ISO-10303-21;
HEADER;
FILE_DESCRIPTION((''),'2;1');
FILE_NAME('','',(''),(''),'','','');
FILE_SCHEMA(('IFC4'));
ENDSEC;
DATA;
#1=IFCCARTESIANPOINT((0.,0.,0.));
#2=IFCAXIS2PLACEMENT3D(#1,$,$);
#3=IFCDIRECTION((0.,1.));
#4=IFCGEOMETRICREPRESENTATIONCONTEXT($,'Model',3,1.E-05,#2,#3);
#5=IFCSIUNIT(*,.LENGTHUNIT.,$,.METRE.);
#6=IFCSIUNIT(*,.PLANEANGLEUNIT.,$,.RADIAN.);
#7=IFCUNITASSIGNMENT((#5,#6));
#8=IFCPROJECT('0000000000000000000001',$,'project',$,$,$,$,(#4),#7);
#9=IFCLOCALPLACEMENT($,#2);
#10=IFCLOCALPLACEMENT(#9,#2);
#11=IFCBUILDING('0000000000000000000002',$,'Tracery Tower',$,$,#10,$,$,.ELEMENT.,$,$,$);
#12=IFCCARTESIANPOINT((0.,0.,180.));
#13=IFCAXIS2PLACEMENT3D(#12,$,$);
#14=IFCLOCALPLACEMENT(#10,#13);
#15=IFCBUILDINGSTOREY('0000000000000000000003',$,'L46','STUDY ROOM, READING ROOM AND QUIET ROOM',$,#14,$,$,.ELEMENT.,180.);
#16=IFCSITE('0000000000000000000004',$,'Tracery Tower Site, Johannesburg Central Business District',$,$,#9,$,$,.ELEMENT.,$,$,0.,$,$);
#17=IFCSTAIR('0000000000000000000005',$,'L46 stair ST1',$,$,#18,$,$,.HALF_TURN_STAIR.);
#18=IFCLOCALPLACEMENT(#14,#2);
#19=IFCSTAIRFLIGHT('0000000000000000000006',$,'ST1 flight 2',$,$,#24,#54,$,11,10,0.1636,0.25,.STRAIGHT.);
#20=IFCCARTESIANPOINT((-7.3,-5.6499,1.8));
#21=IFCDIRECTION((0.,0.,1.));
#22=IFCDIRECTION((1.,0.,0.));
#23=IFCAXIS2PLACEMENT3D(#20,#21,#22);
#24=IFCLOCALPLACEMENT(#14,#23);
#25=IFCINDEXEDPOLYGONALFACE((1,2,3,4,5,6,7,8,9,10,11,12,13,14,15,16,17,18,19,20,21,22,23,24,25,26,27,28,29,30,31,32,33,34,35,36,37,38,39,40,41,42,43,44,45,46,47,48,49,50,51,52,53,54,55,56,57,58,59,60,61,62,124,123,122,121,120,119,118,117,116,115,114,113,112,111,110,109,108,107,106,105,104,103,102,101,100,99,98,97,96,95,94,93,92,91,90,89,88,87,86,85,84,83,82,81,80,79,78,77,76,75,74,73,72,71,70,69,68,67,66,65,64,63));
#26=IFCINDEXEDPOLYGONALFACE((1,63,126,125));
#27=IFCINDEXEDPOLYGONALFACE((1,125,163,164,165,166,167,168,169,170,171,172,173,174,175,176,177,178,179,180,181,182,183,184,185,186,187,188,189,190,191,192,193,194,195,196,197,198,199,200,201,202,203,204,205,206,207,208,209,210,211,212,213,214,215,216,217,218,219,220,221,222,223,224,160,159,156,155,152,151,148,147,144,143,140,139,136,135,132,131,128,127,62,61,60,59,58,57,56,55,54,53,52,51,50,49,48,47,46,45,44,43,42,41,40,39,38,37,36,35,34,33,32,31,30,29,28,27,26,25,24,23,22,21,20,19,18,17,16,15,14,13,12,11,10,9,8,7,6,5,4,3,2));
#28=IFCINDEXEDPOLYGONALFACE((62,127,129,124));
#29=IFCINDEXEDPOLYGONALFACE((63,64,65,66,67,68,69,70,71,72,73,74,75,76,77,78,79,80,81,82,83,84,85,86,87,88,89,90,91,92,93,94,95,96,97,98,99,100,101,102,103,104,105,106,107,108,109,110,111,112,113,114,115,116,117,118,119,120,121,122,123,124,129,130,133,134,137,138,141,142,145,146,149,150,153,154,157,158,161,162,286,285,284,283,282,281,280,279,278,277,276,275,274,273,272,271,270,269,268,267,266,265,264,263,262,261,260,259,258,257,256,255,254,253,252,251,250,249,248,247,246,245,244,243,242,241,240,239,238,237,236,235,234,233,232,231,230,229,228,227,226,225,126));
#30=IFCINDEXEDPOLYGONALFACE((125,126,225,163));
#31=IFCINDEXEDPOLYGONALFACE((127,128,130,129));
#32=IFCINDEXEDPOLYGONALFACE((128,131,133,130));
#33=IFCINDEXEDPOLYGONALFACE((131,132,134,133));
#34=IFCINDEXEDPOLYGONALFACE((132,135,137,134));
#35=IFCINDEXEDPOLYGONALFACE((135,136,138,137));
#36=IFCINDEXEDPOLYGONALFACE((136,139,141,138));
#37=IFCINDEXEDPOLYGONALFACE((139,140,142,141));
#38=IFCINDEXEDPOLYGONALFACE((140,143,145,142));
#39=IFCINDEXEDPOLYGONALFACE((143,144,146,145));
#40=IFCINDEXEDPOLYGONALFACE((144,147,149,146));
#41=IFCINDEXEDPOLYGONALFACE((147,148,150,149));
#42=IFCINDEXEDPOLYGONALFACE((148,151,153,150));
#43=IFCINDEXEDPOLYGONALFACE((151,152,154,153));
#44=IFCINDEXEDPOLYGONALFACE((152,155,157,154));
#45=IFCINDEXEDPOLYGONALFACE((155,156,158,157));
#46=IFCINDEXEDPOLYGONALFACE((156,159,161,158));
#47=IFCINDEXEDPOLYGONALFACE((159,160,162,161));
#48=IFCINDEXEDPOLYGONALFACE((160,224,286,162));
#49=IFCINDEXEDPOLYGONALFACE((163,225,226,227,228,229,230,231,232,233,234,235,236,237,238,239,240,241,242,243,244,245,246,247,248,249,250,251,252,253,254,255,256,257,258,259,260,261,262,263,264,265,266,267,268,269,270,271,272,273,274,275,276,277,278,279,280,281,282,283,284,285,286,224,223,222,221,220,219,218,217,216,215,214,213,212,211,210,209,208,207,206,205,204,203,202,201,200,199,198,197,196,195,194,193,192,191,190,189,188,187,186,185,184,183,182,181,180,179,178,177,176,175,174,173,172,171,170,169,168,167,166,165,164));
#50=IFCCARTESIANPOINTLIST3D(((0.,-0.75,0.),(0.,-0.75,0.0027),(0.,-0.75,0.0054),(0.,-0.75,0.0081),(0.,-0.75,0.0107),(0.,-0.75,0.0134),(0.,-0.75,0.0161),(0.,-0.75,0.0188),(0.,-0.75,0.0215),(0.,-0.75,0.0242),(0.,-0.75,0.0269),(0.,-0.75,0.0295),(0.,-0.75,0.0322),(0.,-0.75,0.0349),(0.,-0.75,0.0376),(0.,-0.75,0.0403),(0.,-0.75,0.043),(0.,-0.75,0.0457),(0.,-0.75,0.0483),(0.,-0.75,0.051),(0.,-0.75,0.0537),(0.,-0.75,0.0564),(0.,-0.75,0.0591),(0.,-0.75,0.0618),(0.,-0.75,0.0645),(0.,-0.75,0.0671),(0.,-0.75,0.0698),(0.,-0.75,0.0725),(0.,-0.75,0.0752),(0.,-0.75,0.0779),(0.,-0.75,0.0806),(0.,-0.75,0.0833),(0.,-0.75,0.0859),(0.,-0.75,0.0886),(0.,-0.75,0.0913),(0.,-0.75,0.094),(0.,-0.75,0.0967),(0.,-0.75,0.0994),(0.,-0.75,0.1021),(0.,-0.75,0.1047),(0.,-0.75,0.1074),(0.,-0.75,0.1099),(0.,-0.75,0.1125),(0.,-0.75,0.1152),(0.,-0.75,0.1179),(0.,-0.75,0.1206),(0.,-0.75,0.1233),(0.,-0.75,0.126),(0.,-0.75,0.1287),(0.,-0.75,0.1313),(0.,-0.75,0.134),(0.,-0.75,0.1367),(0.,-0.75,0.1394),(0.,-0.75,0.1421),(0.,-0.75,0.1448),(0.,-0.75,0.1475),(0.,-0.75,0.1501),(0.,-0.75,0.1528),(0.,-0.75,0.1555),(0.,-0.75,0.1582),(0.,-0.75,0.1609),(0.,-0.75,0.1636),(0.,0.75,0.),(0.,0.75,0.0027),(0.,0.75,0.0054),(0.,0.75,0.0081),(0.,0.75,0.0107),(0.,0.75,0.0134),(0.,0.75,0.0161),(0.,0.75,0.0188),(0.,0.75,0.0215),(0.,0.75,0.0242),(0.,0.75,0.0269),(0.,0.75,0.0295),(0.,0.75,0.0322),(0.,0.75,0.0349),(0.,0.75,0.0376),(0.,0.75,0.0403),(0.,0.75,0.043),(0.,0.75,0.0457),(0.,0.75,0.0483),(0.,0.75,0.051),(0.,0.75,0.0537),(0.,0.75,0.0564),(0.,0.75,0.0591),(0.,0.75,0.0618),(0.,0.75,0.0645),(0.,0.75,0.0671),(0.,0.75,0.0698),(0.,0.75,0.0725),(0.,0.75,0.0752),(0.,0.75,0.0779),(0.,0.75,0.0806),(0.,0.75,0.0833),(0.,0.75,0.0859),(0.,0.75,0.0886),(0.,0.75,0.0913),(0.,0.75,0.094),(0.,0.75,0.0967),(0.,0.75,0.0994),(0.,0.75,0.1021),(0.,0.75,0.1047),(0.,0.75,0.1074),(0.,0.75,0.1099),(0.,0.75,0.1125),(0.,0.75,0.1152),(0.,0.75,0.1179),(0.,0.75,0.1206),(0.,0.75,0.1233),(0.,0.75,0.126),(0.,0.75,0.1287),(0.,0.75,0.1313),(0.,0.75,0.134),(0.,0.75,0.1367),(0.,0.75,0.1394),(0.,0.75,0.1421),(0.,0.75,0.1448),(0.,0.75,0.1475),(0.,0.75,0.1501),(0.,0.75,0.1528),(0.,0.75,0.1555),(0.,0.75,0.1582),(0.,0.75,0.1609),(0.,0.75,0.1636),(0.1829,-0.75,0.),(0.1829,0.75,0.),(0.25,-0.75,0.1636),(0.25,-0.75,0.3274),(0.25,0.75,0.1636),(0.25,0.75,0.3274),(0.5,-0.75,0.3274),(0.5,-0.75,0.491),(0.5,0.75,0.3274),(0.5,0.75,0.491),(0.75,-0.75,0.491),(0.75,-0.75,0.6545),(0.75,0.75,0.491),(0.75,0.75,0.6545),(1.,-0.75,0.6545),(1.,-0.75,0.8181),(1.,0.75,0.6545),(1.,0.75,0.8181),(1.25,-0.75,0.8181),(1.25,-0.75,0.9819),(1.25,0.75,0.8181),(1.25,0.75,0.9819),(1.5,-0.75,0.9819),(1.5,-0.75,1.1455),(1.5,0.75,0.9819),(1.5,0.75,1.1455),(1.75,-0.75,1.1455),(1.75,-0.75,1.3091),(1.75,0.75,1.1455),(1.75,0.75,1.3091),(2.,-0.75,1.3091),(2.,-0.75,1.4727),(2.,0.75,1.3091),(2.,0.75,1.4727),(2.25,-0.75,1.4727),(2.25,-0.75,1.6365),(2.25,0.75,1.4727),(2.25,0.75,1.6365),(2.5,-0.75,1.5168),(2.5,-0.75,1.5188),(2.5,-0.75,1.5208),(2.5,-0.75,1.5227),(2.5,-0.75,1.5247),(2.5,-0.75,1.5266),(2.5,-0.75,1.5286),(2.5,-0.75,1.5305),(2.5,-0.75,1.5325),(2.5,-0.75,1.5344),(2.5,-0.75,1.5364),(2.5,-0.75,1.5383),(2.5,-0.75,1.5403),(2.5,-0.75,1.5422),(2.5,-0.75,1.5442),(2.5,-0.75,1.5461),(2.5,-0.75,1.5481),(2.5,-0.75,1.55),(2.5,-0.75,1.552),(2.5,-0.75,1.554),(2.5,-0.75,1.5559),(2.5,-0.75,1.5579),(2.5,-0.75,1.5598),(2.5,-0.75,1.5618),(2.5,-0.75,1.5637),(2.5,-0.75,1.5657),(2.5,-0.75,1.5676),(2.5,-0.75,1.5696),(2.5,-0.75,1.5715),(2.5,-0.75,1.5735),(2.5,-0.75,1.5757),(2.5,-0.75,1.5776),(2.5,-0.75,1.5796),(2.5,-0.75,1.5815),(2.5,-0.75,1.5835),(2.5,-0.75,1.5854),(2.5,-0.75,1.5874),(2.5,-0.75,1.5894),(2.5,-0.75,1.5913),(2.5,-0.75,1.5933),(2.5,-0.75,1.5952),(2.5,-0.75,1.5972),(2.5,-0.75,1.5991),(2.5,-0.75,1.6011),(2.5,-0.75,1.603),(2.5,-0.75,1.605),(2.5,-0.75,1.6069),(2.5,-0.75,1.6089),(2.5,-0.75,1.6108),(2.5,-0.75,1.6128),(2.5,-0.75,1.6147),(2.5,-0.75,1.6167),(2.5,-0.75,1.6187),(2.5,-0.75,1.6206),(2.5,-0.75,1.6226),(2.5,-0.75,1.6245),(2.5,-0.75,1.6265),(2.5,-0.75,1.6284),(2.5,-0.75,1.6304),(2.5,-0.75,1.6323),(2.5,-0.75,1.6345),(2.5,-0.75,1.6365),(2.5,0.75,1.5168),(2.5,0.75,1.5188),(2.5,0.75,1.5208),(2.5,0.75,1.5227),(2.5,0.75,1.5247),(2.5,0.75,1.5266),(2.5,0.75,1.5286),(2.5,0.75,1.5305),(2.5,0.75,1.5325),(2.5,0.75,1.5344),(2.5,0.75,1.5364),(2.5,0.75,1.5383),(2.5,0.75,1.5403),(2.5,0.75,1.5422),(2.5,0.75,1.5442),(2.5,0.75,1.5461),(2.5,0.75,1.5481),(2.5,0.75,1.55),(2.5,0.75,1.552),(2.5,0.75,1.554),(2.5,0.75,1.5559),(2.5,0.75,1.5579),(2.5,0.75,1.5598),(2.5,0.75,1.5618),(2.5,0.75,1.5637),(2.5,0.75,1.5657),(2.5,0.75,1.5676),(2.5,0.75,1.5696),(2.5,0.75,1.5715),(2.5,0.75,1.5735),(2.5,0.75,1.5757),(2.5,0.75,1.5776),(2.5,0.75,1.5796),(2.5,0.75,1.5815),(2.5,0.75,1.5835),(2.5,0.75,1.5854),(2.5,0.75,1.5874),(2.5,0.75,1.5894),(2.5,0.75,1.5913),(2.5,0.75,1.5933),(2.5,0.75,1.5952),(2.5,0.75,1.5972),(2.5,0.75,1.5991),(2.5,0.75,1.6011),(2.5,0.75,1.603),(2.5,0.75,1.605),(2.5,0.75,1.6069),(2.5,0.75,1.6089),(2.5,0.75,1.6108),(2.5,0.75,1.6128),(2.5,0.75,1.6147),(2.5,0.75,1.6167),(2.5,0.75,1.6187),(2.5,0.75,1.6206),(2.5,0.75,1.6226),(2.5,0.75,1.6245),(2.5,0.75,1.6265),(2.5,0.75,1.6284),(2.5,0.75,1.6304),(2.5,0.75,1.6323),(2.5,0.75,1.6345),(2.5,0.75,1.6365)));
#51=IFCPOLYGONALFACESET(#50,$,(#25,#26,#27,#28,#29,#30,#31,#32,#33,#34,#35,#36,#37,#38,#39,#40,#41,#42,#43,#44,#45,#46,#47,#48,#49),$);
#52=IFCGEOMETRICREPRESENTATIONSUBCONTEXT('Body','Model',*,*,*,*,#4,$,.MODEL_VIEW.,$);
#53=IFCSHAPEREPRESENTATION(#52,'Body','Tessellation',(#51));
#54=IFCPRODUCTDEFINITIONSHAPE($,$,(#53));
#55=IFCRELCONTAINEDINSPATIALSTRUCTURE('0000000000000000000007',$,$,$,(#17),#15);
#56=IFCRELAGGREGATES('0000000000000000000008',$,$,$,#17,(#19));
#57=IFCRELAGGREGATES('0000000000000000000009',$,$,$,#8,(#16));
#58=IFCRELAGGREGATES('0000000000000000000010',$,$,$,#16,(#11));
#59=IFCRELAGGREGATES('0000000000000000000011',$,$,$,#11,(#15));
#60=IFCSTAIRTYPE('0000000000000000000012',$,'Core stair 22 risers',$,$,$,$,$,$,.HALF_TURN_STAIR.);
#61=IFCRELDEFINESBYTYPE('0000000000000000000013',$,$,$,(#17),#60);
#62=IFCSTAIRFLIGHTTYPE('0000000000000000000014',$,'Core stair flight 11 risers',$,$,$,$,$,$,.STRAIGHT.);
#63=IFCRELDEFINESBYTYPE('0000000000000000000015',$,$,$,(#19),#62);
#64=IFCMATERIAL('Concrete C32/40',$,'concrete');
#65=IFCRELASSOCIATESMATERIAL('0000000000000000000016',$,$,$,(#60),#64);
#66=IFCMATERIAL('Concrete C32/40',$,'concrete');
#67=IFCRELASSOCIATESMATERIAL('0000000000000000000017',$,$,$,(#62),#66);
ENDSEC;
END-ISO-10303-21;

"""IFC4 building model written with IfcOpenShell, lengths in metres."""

from ifc_helpers import new_model, si_unit, direction, frame, origin, place, context, subcontext, project, spatial, polyline, outline, extrude, material, type_object, element, aggregate, save


model = new_model("IFC4")

# Units and contexts
model_context = context("Model", 3, precision=1e-05, world=origin(), true_north=direction((0.0, 1.0)))
body_context = subcontext(model_context, "Body", "Model", "MODEL_VIEW")
ifc_project = project(units=[si_unit("LENGTHUNIT", "METRE"), si_unit("PLANEANGLEUNIT", "RADIAN")], contexts=[model_context])

# Site, building, storey
site_placement = place(None, origin())
site = spatial("IfcSite", under=ifc_project, at=site_placement, Name="Tracery Tower Site, Johannesburg Central Business District", CompositionType="ELEMENT", RefElevation=0.0)
building_placement = place(site_placement, origin())
building = spatial("IfcBuilding", under=site, at=building_placement, Name="Tracery Tower", CompositionType="ELEMENT")
storey_placement = place(building_placement, frame((0.0, 0.0, 180.0)))
storey = spatial("IfcBuildingStorey", under=building, at=storey_placement, Name="L46", Description="STUDY ROOM, READING ROOM AND QUIET ROOM", CompositionType="ELEMENT", Elevation=180.0)

# Stair, stair flight
ifc_material_1 = material(Name="Concrete C32/40", Category="concrete")
stair_type = type_object("IfcStairType", Name="Core stair 22 risers", PredefinedType="HALF_TURN_STAIR", material=ifc_material_1)
stair_placement = place(storey_placement, origin())
stair = element("IfcStair", 1, at=stair_placement, inside=storey, type_object=stair_type, Name="L46 stair ST1", PredefinedType="HALF_TURN_STAIR")
ifc_material_2 = material(Name="Concrete C32/40", Category="concrete")
stair_flight_type = type_object("IfcStairFlightType", Name="Core stair flight 11 risers", PredefinedType="STRAIGHT", material=ifc_material_2)
stair_flight_1_placement = place(storey_placement, frame((-7.3, -5.6499, 1.8), z_axis=(0.0, 0.0, 1.0), x_axis=(1.0, 0.0, 0.0)))
stair_flight_1 = element("IfcStairFlight", 2, at=stair_flight_1_placement, type_object=stair_flight_type, Name="ST1 flight 2", NumberOfRisers=11, NumberOfTreads=10, PredefinedType="STRAIGHT", RiserHeight=0.1636, TreadLength=0.25, context=body_context, shape_type="SweptSolid", body=[
    extrude(outline(polyline([(0.0, 0.0), (0.0, 0.0027), (0.0, 0.0054), (0.0, 0.0081), (0.0, 0.0107), (0.0, 0.0134), (0.0, 0.0161), (0.0, 0.0188), (0.0, 0.0215), (0.0, 0.0242), (0.0, 0.0269), (0.0, 0.0295), (0.0, 0.0322), (0.0, 0.0349), (0.0, 0.0376), (0.0, 0.0403), (0.0, 0.043), (0.0, 0.0457), (0.0, 0.0483), (0.0, 0.051), (0.0, 0.0537), (0.0, 0.0564), (0.0, 0.0591), (0.0, 0.0618), (0.0, 0.0645), (0.0, 0.0671), (0.0, 0.0698), (0.0, 0.0725), (0.0, 0.0752), (0.0, 0.0779), (0.0, 0.0806), (0.0, 0.0833), (0.0, 0.0859), (0.0, 0.0886), (0.0, 0.0913), (0.0, 0.094), (0.0, 0.0967), (0.0, 0.0994), (0.0, 0.1021), (0.0, 0.1047), (0.0, 0.1074), (0.0, 0.1099), (0.0, 0.1125), (0.0, 0.1152), (0.0, 0.1179), (0.0, 0.1206), (0.0, 0.1233), (0.0, 0.126), (0.0, 0.1287), (0.0, 0.1313), (0.0, 0.134), (0.0, 0.1367), (0.0, 0.1394), (0.0, 0.1421), (0.0, 0.1448), (0.0, 0.1475), (0.0, 0.1501), (0.0, 0.1528), (0.0, 0.1555), (0.0, 0.1582), (0.0, 0.1609), (0.0, 0.1636), (0.25, 0.1636), (0.25, 0.3274), (0.5, 0.3274), (0.5, 0.491), (0.75, 0.491), (0.75, 0.6545), (1.0, 0.6545), (1.0, 0.8181), (1.25, 0.8181), (1.25, 0.9819), (1.5, 0.9819), (1.5, 1.1455), (1.75, 1.1455), (1.75, 1.3091), (2.0, 1.3091), (2.0, 1.4727), (2.25, 1.4727), (2.25, 1.6365), (2.5, 1.6365), (2.5, 1.6345), (2.5, 1.6323), (2.5, 1.6304), (2.5, 1.6284), (2.5, 1.6265), (2.5, 1.6245), (2.5, 1.6226), (2.5, 1.6206), (2.5, 1.6187), (2.5, 1.6167), (2.5, 1.6147), (2.5, 1.6128), (2.5, 1.6108), (2.5, 1.6089), (2.5, 1.6069), (2.5, 1.605), (2.5, 1.603), (2.5, 1.6011), (2.5, 1.5991), (2.5, 1.5972), (2.5, 1.5952), (2.5, 1.5933), (2.5, 1.5913), (2.5, 1.5894), (2.5, 1.5874), (2.5, 1.5854), (2.5, 1.5835), (2.5, 1.5815), (2.5, 1.5796), (2.5, 1.5776), (2.5, 1.5757), (2.5, 1.5735), (2.5, 1.5715), (2.5, 1.5696), (2.5, 1.5676), (2.5, 1.5657), (2.5, 1.5637), (2.5, 1.5618), (2.5, 1.5598), (2.5, 1.5579), (2.5, 1.5559), (2.5, 1.554), (2.5, 1.552), (2.5, 1.55), (2.5, 1.5481), (2.5, 1.5461), (2.5, 1.5442), (2.5, 1.5422), (2.5, 1.5403), (2.5, 1.5383), (2.5, 1.5364), (2.5, 1.5344), (2.5, 1.5325), (2.5, 1.5305), (2.5, 1.5286), (2.5, 1.5266), (2.5, 1.5247), (2.5, 1.5227), (2.5, 1.5208), (2.5, 1.5188), (2.5, 1.5168), (0.1829, 0.0), (0.0, 0.0)])), frame((0.0, 0.75, 0.0), z_axis=(0.0, -1.0, 0.0), x_axis=(1.0, 0.0, 0.0)), (0.0, 0.0, 1.0), 1.5),
])
aggregate(stair, [stair_flight_1])

save(model, "model.ifc")
